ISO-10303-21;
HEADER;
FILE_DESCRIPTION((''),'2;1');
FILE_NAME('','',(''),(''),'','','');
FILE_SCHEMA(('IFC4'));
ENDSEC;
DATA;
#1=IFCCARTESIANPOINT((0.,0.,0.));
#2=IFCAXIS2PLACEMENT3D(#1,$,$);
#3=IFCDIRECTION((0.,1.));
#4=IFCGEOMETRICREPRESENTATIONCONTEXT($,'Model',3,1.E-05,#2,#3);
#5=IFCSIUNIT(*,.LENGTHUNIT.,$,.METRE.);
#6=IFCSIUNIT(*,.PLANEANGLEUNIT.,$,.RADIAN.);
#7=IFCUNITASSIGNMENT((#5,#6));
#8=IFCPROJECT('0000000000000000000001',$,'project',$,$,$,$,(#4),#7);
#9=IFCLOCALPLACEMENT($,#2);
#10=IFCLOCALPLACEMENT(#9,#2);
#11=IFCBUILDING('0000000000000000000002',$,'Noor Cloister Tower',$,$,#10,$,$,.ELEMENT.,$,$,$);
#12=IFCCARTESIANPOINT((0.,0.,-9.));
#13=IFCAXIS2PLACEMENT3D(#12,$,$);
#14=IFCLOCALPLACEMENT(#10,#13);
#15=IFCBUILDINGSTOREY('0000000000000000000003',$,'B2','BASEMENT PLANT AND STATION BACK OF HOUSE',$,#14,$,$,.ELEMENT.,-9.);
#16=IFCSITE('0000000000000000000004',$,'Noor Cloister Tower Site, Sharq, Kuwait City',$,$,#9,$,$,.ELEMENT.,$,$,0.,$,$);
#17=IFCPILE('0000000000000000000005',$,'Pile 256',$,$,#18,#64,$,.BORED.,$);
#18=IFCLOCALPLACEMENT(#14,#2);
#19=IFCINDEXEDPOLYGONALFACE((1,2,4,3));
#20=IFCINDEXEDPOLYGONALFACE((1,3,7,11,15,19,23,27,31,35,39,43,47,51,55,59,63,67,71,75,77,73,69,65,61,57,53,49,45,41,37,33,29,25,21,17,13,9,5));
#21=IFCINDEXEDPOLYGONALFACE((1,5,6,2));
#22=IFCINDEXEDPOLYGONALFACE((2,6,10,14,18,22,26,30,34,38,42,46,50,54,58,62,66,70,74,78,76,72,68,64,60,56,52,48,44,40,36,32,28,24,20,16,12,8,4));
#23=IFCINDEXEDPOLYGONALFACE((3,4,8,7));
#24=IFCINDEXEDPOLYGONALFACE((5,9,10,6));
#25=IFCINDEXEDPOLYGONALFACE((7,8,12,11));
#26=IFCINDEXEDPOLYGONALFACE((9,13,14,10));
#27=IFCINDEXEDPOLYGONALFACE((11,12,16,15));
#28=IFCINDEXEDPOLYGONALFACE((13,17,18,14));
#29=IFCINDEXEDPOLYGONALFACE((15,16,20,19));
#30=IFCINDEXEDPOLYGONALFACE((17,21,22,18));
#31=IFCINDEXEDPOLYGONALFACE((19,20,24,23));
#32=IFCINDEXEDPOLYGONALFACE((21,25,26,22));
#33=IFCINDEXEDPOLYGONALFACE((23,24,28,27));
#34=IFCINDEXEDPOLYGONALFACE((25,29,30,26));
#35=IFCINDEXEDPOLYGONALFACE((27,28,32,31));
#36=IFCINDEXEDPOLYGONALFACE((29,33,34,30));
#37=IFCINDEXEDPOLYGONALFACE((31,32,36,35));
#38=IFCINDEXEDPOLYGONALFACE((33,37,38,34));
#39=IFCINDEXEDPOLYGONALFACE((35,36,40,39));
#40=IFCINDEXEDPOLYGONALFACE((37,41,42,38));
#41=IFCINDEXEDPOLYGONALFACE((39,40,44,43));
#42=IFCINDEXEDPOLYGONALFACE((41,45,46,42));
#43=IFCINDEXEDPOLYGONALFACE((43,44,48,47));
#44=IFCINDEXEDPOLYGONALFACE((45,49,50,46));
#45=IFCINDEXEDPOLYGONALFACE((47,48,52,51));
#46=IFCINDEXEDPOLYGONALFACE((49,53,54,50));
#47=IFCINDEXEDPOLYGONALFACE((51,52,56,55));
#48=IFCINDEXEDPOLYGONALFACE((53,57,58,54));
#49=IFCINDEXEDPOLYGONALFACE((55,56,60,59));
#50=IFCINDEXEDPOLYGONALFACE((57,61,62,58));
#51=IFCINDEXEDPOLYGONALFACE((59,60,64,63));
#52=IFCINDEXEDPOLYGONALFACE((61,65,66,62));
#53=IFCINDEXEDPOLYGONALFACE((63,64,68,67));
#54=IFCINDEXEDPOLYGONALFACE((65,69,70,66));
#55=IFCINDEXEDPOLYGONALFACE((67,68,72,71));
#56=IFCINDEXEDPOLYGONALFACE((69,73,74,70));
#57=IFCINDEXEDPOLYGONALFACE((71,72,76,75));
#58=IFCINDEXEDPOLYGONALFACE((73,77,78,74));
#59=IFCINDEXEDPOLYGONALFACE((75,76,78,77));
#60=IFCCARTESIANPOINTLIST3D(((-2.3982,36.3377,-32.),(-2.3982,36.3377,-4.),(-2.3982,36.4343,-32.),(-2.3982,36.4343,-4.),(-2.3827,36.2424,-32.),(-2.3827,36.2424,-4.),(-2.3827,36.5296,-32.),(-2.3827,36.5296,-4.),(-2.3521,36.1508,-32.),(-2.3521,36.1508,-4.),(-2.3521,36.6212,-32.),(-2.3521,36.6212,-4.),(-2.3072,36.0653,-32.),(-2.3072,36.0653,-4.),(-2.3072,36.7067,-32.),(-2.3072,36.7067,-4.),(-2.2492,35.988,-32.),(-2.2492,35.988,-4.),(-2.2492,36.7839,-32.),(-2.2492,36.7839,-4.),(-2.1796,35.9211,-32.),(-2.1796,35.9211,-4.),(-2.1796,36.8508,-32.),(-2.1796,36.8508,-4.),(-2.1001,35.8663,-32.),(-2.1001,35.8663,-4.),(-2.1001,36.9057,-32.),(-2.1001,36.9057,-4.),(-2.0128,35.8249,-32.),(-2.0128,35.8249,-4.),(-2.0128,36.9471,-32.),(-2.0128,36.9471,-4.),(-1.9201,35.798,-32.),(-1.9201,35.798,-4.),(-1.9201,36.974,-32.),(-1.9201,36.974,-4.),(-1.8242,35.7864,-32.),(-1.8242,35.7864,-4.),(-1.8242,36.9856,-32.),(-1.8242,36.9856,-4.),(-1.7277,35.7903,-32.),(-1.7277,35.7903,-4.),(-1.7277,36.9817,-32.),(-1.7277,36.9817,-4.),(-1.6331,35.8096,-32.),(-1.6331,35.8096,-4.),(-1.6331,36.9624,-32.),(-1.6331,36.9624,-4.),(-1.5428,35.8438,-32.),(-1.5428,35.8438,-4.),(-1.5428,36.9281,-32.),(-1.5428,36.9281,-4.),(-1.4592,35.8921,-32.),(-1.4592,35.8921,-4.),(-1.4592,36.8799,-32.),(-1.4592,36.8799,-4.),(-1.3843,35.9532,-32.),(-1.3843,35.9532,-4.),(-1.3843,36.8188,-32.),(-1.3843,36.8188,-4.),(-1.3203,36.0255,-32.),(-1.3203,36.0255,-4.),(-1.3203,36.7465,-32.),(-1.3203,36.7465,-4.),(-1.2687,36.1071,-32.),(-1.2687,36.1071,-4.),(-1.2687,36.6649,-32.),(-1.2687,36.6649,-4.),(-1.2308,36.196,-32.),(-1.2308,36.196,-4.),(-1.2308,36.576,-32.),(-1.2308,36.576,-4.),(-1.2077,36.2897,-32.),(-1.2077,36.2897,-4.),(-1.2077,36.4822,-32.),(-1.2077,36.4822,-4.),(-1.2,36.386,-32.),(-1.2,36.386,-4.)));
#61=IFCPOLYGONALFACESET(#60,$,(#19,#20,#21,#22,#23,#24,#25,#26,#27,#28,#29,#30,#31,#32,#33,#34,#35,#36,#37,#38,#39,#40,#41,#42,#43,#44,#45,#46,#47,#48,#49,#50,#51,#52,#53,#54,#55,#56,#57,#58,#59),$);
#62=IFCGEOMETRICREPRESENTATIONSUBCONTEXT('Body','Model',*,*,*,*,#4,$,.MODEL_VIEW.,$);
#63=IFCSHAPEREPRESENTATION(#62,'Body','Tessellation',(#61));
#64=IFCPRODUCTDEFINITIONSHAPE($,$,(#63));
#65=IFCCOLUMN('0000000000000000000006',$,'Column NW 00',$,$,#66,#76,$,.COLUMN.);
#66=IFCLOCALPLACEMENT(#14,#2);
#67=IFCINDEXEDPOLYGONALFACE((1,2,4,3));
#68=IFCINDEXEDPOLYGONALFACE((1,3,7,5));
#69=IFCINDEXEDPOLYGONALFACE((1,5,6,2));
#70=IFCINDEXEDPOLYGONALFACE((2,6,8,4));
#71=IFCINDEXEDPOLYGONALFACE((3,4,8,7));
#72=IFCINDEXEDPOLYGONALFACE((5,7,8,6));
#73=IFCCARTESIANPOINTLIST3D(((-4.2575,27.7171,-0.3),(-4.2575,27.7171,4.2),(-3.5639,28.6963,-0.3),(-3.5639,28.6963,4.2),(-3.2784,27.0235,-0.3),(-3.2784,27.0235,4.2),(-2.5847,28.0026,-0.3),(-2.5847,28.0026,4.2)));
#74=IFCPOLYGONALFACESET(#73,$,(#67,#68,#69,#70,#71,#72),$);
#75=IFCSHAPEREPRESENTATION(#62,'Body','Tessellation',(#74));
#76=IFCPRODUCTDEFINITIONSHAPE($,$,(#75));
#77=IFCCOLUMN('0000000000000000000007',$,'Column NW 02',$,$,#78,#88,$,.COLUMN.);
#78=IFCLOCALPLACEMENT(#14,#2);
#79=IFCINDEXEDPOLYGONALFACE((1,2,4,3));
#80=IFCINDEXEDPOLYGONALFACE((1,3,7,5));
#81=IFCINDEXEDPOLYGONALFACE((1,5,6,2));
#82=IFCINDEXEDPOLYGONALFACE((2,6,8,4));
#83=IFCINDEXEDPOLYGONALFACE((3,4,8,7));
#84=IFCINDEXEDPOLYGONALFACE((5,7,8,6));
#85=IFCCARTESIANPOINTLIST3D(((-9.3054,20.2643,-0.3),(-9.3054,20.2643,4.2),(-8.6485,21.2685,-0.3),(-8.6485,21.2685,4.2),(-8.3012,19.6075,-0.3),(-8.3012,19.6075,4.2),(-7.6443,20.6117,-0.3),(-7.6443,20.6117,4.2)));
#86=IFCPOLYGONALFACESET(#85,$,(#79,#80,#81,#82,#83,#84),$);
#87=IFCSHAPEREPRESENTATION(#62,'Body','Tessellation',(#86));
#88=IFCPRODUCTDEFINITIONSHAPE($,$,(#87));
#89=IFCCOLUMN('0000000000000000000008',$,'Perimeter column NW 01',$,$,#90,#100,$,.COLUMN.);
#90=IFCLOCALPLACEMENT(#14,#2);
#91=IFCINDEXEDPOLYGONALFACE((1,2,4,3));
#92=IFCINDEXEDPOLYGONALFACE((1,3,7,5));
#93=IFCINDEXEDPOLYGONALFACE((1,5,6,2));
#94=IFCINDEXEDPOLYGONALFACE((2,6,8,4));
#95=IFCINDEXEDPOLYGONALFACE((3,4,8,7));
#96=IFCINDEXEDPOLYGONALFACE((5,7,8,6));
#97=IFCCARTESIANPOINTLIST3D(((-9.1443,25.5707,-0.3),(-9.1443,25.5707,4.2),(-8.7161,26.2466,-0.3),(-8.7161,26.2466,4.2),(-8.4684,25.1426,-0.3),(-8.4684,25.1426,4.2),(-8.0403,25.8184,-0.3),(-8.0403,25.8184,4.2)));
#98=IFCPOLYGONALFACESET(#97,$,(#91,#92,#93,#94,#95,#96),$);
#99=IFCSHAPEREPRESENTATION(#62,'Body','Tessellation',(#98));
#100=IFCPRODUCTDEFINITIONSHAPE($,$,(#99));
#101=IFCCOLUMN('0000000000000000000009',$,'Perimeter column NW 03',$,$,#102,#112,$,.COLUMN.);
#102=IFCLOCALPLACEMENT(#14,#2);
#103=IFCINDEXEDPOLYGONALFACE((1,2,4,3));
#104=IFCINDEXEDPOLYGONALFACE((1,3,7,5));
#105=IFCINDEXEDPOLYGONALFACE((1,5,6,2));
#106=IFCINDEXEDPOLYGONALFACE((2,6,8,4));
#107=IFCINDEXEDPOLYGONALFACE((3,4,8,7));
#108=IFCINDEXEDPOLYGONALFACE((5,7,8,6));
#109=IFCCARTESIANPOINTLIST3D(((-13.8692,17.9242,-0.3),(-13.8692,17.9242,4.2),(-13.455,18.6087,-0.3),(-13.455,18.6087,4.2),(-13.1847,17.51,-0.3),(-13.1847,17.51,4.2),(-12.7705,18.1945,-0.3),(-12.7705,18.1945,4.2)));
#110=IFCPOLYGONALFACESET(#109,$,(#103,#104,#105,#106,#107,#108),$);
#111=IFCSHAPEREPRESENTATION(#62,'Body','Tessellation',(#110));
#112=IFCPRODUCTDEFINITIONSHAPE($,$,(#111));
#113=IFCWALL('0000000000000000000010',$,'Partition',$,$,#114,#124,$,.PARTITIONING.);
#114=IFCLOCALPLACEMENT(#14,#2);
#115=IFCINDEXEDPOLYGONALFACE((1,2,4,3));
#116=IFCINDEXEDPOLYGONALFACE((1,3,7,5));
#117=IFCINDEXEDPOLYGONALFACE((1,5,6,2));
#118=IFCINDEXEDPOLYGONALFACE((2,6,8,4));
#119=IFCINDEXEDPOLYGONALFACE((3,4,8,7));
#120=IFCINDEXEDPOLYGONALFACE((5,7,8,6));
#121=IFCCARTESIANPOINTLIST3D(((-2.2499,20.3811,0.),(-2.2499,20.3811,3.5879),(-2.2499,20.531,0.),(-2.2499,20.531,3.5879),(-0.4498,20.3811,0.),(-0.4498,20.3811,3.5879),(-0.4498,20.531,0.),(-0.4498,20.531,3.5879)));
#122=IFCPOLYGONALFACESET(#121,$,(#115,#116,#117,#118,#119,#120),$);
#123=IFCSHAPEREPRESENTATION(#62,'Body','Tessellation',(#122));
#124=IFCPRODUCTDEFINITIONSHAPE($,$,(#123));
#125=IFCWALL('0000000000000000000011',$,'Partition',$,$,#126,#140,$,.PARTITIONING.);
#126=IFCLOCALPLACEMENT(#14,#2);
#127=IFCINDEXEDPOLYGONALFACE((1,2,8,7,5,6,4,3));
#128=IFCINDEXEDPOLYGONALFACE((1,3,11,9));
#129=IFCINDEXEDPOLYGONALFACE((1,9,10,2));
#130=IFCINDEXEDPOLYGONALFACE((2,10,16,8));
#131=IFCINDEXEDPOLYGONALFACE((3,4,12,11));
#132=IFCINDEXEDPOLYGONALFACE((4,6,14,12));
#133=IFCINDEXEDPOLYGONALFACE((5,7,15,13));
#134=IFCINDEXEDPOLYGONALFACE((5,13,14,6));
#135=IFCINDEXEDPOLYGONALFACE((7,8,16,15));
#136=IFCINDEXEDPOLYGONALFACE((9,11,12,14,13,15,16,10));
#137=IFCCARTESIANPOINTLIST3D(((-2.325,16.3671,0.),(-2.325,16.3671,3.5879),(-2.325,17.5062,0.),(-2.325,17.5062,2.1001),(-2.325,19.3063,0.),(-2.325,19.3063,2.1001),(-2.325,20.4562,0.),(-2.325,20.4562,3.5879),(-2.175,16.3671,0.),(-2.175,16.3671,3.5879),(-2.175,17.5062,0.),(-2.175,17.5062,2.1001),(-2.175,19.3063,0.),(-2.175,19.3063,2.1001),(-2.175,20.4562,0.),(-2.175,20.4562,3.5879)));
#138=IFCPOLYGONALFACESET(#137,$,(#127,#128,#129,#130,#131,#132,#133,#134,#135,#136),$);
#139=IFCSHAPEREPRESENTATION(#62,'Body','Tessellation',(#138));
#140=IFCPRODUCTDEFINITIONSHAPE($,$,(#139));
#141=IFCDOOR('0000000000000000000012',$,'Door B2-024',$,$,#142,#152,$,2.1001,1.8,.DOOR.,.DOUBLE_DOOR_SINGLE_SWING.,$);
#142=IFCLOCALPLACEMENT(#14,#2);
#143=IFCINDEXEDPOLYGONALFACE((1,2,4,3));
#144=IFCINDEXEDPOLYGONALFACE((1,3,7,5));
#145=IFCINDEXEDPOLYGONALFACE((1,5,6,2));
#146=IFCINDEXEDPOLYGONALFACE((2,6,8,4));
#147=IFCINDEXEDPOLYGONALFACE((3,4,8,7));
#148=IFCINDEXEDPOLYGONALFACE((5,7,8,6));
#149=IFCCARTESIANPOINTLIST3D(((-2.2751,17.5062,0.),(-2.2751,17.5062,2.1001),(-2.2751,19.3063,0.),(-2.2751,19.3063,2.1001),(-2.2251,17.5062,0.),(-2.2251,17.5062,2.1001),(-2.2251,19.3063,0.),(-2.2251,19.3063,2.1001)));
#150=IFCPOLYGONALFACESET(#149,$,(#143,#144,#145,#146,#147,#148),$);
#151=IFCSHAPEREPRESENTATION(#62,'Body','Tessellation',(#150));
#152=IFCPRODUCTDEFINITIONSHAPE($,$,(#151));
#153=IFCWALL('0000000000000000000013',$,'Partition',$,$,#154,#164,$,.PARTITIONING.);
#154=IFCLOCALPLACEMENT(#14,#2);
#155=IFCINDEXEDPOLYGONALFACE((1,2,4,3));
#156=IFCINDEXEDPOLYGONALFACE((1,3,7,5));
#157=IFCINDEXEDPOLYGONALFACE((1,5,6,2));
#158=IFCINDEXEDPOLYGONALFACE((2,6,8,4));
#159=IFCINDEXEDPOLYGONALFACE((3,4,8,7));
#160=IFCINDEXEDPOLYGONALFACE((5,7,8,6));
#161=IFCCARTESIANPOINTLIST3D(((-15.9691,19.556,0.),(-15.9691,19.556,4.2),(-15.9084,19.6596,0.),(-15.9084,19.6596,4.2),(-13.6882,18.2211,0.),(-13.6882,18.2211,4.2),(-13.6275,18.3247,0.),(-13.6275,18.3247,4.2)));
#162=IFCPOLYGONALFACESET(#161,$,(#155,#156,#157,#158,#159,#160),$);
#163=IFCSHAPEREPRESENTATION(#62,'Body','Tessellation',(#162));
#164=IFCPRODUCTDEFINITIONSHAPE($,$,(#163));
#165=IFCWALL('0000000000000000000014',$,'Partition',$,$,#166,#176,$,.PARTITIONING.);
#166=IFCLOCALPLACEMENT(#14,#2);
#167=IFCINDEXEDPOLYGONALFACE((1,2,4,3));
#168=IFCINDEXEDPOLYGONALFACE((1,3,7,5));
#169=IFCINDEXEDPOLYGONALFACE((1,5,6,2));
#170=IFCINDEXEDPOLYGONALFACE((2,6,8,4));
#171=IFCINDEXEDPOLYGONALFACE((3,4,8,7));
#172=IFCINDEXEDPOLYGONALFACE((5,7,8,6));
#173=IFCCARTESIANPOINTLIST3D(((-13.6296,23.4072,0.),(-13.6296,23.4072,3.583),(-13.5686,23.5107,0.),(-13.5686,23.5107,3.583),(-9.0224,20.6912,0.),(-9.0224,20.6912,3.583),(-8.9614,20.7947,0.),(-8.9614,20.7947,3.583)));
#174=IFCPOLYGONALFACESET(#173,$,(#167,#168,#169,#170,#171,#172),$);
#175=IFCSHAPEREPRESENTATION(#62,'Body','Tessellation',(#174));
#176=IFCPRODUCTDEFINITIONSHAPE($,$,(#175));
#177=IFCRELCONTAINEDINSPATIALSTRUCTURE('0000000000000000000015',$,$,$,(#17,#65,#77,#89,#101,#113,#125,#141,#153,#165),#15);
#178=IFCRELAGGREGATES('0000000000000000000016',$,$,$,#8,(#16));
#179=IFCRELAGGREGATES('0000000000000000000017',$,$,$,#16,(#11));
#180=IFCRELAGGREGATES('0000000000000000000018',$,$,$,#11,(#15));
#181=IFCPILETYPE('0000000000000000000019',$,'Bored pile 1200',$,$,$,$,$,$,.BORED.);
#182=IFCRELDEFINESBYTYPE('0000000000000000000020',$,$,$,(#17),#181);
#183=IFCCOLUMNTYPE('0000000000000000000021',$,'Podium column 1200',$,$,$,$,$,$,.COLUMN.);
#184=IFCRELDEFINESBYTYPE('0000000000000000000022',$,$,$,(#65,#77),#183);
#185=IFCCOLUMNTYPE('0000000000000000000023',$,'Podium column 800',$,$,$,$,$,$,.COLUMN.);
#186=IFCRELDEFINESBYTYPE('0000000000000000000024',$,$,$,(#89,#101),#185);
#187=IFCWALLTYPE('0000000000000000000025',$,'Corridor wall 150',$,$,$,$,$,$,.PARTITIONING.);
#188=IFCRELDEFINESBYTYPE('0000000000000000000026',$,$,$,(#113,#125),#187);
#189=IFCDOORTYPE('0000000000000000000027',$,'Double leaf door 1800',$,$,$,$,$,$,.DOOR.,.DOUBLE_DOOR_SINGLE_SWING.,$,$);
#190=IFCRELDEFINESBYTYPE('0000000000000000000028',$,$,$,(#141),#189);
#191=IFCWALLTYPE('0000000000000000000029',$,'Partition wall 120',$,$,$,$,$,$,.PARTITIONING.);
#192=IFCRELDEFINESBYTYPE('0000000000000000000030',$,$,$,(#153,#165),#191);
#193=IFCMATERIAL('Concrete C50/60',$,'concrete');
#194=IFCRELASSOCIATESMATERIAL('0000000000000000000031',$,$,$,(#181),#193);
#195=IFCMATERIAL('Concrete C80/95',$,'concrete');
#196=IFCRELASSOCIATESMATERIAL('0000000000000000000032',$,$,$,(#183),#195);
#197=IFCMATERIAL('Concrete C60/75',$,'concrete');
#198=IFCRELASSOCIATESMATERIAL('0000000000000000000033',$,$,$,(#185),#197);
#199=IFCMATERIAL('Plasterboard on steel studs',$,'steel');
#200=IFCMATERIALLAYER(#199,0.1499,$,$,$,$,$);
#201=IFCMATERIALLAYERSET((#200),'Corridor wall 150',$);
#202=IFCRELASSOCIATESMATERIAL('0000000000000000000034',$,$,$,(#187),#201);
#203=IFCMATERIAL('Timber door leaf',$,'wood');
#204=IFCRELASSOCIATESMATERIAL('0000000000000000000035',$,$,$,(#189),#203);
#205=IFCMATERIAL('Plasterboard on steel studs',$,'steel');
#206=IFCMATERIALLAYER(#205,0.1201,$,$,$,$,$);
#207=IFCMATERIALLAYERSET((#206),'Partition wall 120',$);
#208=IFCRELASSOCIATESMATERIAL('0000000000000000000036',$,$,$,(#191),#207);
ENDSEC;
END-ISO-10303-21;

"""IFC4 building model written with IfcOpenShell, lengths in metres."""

from ifc_helpers import new_model, si_unit, direction, frame, frame_2d, origin, origin_2d, place, context, subcontext, project, spatial, rectangle, circle, extrude, material, layer, layer_set, material_profile, profile_set, type_object, element, fill, save


model = new_model("IFC4")

# Units and contexts
model_context = context("Model", 3, precision=1e-05, world=origin(), true_north=direction((0.0, 1.0)))
body_context = subcontext(model_context, "Body", "Model", "MODEL_VIEW")
ifc_project = project(units=[si_unit("LENGTHUNIT", "METRE"), si_unit("PLANEANGLEUNIT", "RADIAN")], contexts=[model_context])

# Site, building, storey
site_placement = place(None, origin())
site = spatial("IfcSite", under=ifc_project, at=site_placement, Name="Noor Cloister Tower Site, Sharq, Kuwait City", CompositionType="ELEMENT", RefElevation=0.0)
building_placement = place(site_placement, origin())
building = spatial("IfcBuilding", under=site, at=building_placement, Name="Noor Cloister Tower", CompositionType="ELEMENT")
storey_placement = place(building_placement, frame((0.0, 0.0, -9.0)))
storey = spatial("IfcBuildingStorey", under=building, at=storey_placement, Name="B2", Description="BASEMENT PLANT AND STATION BACK OF HOUSE", CompositionType="ELEMENT", Elevation=-9.0)

# Pile
ifc_material_1 = material(Name="Concrete C50/60", Category="concrete")
ifc_material_profile_1 = material_profile(ifc_material_1, circle(Radius=0.6001, at=origin_2d()), Name="Bored pile 1200")
ifc_profile_set_1 = profile_set([ifc_material_profile_1], Name="Concrete C50/60")
pile_type = type_object("IfcPileType", Name="Bored pile 1200", PredefinedType="BORED", material=ifc_profile_set_1)
for number, where, z_axis, x_axis, name in (
    (1, (-1.8, 36.386, -4.0), (0.0, 0.0, -1.0), (1.0, 0.0, 0.0), "Pile 256"),
):
    element("IfcPile", number, at=place(storey_placement, frame(where, z_axis=z_axis, x_axis=x_axis)), inside=storey, type_object=pile_type, Name=name, PredefinedType="BORED", context=body_context, shape_type="SweptSolid", body=[
        extrude(circle(Radius=0.6001, at=origin_2d()), origin(), (0.0, 0.0, 1.0), 28.0),
    ])

# Columns
ifc_material_2 = material(Name="Concrete C80/95", Category="concrete")
ifc_material_profile_2 = material_profile(ifc_material_2, rectangle(XDim=1.2, YDim=1.2, at=origin_2d()), Name="Podium column 1200")
ifc_profile_set_2 = profile_set([ifc_material_profile_2], Name="Concrete C80/95")
column_type_1 = type_object("IfcColumnType", Name="Podium column 1200", PredefinedType="COLUMN", material=ifc_profile_set_2)
for number, where, z_axis, x_axis, name in (
    (2, (-3.4211, 27.8599, -0.3), (0.0, 0.0, 1.0), (-0.815983, 0.578076, 0.0), "Column NW 00"),
    (3, (-8.4749, 20.438, -0.3), (0.0, 0.0, 1.0), (-0.836868, 0.547405, 0.0), "Column NW 02"),
):
    element("IfcColumn", number, at=place(storey_placement, frame(where, z_axis=z_axis, x_axis=x_axis)), inside=storey, type_object=column_type_1, Name=name, PredefinedType="COLUMN", context=body_context, shape_type="SweptSolid", body=[
        extrude(rectangle(XDim=1.2, YDim=1.2, at=origin_2d()), origin(), (0.0, 0.0, 1.0), 4.5),
    ])
ifc_material_3 = material(Name="Concrete C60/75", Category="concrete")
ifc_material_profile_3 = material_profile(ifc_material_3, rectangle(XDim=0.8, YDim=0.8, at=origin_2d()), Name="Podium column 800")
ifc_profile_set_3 = profile_set([ifc_material_profile_3], Name="Concrete C60/75")
column_type_2 = type_object("IfcColumnType", Name="Podium column 800", PredefinedType="COLUMN", material=ifc_profile_set_3)
for number, where, z_axis, x_axis, name in (
    (4, (-8.5923, 25.6946, -0.3), (0.0, 0.0, 1.0), (-0.844762, 0.535142, 0.0), "Perimeter column NW 01"),
    (5, (-13.3198, 18.0593, -0.3), (0.0, 0.0, 1.0), (-0.855574, 0.51768, 0.0), "Perimeter column NW 03"),
):
    element("IfcColumn", number, at=place(storey_placement, frame(where, z_axis=z_axis, x_axis=x_axis)), inside=storey, type_object=column_type_2, Name=name, PredefinedType="COLUMN", context=body_context, shape_type="SweptSolid", body=[
        extrude(rectangle(XDim=0.8, YDim=0.8, at=origin_2d()), origin(), (0.0, 0.0, 1.0), 4.5),
    ])

# Wall
ifc_material_4 = material(Name="Plasterboard on steel studs", Category="steel")
ifc_layer_1 = layer(ifc_material_4, 0.1499)
ifc_layer_set_1 = layer_set([ifc_layer_1], Name="Corridor wall 150")
wall_type_1 = type_object("IfcWallType", Name="Corridor wall 150", PredefinedType="PARTITIONING", material=ifc_layer_set_1)
wall_1_placement = place(storey_placement, frame((-0.45, 20.4561, 0.0), z_axis=(0.0, 0.0, 1.0), x_axis=(-1.0, 0.0, 0.0)))
element("IfcWall", 6, at=wall_1_placement, inside=storey, type_object=wall_type_1, Name="Partition", PredefinedType="PARTITIONING", context=body_context, shape_type="SweptSolid", body=[
    extrude(rectangle(XDim=1.8, YDim=0.1499, at=frame_2d((0.8999, 0.0))), origin(), (0.0, 0.0, 1.0), 3.5879),
])

# Wall, opening, door
wall_2_placement = place(storey_placement, frame((-2.25, 20.4561, 0.0), z_axis=(0.0, 0.0, 1.0), x_axis=(0.0, -1.0, 0.0)))
wall_2 = element("IfcWall", 7, at=wall_2_placement, inside=storey, type_object=wall_type_1, Name="Partition", PredefinedType="PARTITIONING", context=body_context, shape_type="SweptSolid", body=[
    extrude(rectangle(XDim=4.0891, YDim=0.1499, at=frame_2d((2.0444, 0.0))), origin(), (0.0, 0.0, 1.0), 3.5879),
])
opening_placement = place(wall_2_placement, frame((1.1499, 0.0, 0.0)))
opening = element("IfcOpeningElement", 8, at=opening_placement, cuts=wall_2, PredefinedType="OPENING", context=body_context, shape_type="SweptSolid", body=[
    extrude(rectangle(XDim=1.8, YDim=2.1001, at=frame_2d((0.8999, 1.05))), frame((0.0, 0.085, 0.0), z_axis=(0.0, -1.0, 0.0), x_axis=(1.0, 0.0, 0.0)), (0.0, 0.0, 1.0), 0.1699),
])
ifc_material_5 = material(Name="Timber door leaf", Category="wood")
door_type = type_object("IfcDoorType", Name="Double leaf door 1800", OperationType="DOUBLE_DOOR_SINGLE_SWING", PredefinedType="DOOR", material=ifc_material_5)
door_placement = place(opening_placement, origin())
door = element("IfcDoor", 9, at=door_placement, inside=storey, type_object=door_type, Name="Door B2-024", OperationType="DOUBLE_DOOR_SINGLE_SWING", OverallHeight=2.1001, OverallWidth=1.8, PredefinedType="DOOR", context=body_context, shape_type="SweptSolid", body=[
    extrude(rectangle(XDim=1.8, YDim=2.1001, at=frame_2d((0.8999, 1.05))), frame((0.0, 0.0249, 0.0), z_axis=(0.0, -1.0, 0.0), x_axis=(1.0, 0.0, 0.0)), (0.0, 0.0, 1.0), 0.05),
])
fill(opening, door)

# Walls
ifc_material_6 = material(Name="Plasterboard on steel studs", Category="steel")
ifc_layer_2 = layer(ifc_material_6, 0.1201)
ifc_layer_set_2 = layer_set([ifc_layer_2], Name="Partition wall 120")
wall_type_2 = type_object("IfcWallType", Name="Partition wall 120", PredefinedType="PARTITIONING", material=ifc_layer_set_2)
wall_3_placement = place(storey_placement, frame((-13.658, 18.2729, 0.0), z_axis=(0.0, 0.0, 1.0), x_axis=(-0.863058, 0.505105, 0.0)))
element("IfcWall", 10, at=wall_3_placement, inside=storey, type_object=wall_type_2, Name="Partition", PredefinedType="PARTITIONING", context=body_context, shape_type="SweptSolid", body=[
    extrude(rectangle(XDim=2.6428, YDim=0.1201, at=frame_2d((1.3213, 0.0))), origin(), (0.0, 0.0, 1.0), 4.2),
])
wall_4_placement = place(storey_placement, frame((-8.9919, 20.7429, 0.0), z_axis=(0.0, 0.0, 1.0), x_axis=(-0.861447, 0.507848, 0.0)))
element("IfcWall", 11, at=wall_4_placement, inside=storey, type_object=wall_type_2, Name="Partition", PredefinedType="PARTITIONING", context=body_context, shape_type="SweptSolid", body=[
    extrude(rectangle(XDim=5.3481, YDim=0.1201, at=frame_2d((2.6741, 0.0))), origin(), (0.0, 0.0, 1.0), 3.583),
])

save(model, "model.ifc")
